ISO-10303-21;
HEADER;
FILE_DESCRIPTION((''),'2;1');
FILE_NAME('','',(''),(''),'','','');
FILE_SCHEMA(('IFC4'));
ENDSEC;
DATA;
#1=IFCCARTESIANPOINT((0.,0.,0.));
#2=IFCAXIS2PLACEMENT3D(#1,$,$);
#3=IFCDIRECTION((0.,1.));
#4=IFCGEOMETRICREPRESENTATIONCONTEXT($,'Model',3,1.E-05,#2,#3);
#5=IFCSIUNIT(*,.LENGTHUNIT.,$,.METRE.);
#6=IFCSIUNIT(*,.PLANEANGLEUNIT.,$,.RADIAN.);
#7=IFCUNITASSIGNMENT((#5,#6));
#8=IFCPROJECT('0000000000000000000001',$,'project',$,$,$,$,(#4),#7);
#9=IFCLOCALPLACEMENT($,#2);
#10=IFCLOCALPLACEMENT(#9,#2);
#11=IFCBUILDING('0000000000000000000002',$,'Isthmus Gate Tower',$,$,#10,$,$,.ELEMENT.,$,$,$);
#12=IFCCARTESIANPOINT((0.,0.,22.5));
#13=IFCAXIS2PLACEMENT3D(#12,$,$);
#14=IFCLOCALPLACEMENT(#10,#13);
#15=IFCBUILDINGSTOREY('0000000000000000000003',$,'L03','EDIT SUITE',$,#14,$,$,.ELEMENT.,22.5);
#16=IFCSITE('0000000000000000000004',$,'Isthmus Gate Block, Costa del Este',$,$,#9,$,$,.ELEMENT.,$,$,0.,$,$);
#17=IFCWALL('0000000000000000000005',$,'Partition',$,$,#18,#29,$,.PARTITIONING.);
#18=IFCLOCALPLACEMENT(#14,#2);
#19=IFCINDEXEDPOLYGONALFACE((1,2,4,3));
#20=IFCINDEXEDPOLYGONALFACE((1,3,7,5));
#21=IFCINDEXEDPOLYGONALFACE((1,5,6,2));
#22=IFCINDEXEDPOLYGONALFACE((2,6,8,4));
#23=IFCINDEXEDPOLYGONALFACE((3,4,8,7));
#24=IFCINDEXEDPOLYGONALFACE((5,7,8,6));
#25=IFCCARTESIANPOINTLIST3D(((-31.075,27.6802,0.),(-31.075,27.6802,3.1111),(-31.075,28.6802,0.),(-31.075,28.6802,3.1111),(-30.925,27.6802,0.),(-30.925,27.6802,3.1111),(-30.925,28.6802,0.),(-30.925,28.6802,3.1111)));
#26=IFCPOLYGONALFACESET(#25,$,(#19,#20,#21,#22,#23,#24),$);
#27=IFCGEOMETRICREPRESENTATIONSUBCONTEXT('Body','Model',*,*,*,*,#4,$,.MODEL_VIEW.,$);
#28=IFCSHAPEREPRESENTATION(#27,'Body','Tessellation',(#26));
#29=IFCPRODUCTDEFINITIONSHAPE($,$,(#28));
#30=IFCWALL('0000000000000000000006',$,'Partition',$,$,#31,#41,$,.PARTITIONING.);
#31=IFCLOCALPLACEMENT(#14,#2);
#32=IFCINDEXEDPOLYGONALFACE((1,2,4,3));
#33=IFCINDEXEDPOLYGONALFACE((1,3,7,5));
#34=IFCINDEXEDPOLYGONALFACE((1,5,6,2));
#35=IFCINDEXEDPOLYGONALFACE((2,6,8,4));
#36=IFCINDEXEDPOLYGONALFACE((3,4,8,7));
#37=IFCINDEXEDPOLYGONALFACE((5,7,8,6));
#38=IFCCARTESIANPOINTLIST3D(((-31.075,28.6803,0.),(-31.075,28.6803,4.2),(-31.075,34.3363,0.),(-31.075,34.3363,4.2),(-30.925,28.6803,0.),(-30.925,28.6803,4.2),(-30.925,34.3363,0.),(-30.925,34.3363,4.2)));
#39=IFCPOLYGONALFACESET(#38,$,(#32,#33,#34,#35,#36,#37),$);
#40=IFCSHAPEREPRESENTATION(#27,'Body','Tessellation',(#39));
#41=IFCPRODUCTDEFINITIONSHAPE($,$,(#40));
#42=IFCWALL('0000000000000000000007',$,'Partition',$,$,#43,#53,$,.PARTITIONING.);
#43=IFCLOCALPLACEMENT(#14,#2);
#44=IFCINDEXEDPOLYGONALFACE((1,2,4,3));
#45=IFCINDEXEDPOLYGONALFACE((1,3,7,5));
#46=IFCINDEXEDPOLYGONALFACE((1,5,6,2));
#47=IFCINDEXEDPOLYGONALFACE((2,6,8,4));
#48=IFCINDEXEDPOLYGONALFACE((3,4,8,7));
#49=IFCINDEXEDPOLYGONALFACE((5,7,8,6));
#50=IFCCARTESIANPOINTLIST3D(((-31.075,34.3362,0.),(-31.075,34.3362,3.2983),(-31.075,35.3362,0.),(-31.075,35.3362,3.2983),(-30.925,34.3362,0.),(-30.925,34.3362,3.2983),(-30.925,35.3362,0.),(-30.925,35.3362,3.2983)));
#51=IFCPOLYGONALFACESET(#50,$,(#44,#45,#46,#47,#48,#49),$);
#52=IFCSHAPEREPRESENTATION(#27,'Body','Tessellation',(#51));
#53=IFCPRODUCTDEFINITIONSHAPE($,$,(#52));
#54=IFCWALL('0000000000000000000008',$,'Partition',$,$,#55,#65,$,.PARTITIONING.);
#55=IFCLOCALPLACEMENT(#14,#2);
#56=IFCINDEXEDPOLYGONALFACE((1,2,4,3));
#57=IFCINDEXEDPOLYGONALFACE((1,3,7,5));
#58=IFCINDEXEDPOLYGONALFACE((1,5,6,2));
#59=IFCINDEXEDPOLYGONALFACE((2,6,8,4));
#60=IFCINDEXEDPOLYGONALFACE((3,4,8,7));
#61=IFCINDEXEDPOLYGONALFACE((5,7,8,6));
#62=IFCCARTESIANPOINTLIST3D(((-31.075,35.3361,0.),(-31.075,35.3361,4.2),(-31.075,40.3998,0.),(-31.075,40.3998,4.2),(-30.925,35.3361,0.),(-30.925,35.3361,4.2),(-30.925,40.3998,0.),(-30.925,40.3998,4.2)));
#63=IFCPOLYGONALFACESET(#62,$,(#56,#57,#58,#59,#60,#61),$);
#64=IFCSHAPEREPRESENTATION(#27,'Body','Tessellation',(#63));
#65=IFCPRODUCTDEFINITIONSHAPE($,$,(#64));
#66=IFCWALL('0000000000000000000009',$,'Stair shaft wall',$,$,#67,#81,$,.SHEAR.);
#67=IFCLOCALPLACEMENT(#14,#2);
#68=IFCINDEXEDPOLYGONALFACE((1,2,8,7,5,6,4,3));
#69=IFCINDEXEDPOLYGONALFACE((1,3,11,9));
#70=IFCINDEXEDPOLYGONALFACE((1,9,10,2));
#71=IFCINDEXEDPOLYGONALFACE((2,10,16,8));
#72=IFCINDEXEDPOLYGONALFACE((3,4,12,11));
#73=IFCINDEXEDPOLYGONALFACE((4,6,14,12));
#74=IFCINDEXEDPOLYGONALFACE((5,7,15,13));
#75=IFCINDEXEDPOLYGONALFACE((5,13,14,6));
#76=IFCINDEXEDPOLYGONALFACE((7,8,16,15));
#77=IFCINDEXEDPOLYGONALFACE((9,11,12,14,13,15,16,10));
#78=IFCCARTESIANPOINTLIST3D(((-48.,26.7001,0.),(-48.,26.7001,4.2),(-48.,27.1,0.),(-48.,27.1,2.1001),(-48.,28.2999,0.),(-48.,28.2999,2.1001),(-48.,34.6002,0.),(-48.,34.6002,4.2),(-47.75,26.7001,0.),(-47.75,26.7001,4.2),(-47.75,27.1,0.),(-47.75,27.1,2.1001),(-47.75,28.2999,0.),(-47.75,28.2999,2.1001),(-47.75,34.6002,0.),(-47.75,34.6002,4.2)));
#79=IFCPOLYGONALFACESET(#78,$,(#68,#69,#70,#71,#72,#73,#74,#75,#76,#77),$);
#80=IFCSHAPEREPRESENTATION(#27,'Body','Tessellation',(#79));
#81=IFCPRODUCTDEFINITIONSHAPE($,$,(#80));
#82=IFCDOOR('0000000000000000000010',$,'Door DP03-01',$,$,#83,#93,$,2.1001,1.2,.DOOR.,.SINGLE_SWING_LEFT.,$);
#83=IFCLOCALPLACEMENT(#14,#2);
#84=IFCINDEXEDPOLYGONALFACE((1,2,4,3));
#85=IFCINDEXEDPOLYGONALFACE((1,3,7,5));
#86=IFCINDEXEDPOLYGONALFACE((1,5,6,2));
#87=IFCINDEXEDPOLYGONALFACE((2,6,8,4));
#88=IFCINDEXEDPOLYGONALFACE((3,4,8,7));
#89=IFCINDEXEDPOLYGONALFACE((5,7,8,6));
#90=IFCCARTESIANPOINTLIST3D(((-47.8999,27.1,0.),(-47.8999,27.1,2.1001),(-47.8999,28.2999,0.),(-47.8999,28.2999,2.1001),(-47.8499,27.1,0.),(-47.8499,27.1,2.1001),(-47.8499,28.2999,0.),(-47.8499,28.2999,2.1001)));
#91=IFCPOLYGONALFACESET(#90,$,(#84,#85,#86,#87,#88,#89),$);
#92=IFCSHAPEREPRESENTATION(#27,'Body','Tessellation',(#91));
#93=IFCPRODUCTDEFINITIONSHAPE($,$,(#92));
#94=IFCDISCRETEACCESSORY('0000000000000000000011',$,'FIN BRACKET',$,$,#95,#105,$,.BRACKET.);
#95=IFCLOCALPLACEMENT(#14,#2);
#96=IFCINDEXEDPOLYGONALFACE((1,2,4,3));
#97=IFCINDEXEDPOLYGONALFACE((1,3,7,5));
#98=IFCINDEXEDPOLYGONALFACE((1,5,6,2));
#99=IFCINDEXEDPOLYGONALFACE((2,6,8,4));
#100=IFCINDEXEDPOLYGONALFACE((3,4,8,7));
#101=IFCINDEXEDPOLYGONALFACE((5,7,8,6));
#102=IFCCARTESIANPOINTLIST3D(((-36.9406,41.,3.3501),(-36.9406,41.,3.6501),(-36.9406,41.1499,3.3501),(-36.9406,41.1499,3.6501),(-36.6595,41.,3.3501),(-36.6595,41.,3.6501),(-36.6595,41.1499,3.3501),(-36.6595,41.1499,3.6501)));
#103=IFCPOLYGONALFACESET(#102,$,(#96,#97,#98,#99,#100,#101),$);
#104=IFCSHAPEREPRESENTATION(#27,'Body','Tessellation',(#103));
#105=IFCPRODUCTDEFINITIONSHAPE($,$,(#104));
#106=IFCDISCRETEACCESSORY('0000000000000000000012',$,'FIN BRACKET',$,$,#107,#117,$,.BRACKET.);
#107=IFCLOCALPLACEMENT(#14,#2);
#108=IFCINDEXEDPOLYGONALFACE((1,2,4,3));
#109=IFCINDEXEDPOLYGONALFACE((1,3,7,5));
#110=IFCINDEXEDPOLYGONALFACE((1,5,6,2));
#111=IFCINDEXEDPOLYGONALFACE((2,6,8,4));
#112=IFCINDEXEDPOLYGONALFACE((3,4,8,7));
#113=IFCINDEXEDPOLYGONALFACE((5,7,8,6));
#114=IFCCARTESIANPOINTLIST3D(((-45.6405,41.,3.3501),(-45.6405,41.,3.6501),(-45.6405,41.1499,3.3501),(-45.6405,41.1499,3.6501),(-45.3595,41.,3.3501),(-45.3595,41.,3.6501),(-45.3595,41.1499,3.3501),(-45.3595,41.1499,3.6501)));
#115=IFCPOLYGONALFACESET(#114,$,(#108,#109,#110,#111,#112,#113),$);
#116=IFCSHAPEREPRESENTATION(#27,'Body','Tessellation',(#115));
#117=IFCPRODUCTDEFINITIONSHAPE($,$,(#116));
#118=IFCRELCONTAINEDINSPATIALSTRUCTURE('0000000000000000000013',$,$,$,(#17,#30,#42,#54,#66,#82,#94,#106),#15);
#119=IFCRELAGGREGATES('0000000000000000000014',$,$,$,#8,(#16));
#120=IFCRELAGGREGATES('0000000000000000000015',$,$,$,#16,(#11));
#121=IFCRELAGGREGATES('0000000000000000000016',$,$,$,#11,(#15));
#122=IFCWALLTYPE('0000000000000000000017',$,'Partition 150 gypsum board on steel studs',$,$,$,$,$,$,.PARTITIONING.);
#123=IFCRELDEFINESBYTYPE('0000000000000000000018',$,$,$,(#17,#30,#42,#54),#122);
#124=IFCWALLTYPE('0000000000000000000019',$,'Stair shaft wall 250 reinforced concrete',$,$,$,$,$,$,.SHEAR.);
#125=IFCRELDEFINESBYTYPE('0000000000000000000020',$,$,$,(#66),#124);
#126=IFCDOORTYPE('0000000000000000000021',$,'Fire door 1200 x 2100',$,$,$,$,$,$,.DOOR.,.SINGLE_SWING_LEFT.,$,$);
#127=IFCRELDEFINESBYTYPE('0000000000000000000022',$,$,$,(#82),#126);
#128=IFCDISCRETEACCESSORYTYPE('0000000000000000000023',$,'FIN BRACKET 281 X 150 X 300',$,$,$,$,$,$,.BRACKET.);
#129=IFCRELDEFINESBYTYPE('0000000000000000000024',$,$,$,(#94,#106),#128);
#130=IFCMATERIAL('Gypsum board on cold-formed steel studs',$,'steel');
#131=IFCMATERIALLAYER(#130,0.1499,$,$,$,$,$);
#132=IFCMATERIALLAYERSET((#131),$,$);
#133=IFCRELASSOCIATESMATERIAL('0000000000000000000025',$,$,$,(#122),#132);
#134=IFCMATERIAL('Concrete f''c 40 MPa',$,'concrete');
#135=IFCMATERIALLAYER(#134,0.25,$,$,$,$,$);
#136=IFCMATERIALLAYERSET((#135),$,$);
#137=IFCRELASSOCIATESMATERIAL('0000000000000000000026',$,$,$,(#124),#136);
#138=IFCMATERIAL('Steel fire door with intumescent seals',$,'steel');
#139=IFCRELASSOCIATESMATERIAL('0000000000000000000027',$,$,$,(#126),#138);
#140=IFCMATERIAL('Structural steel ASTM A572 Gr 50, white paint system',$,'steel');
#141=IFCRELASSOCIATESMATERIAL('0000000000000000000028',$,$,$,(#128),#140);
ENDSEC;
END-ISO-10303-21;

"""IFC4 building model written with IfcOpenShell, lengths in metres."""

from ifc_helpers import new_model, si_unit, direction, frame, frame_2d, origin, origin_2d, place, context, subcontext, project, spatial, rectangle, extrude, material, layer, layer_set, type_object, element, fill, save


model = new_model("IFC4")

# Units and contexts
model_context = context("Model", 3, precision=1e-05, world=origin(), true_north=direction((0.0, 1.0)))
body_context = subcontext(model_context, "Body", "Model", "MODEL_VIEW")
ifc_project = project(units=[si_unit("LENGTHUNIT", "METRE"), si_unit("PLANEANGLEUNIT", "RADIAN")], contexts=[model_context])

# Site, building, storey
site_placement = place(None, origin())
site = spatial("IfcSite", under=ifc_project, at=site_placement, Name="Isthmus Gate Block, Costa del Este", CompositionType="ELEMENT", RefElevation=0.0)
building_placement = place(site_placement, origin())
building = spatial("IfcBuilding", under=site, at=building_placement, Name="Isthmus Gate Tower", CompositionType="ELEMENT")
storey_placement = place(building_placement, frame((0.0, 0.0, 22.5)))
storey = spatial("IfcBuildingStorey", under=building, at=storey_placement, Name="L03", Description="EDIT SUITE", CompositionType="ELEMENT", Elevation=22.5)

# Walls
ifc_material_1 = material(Name="Gypsum board on cold-formed steel studs", Category="steel")
ifc_layer_1 = layer(ifc_material_1, 0.1499)
ifc_layer_set_1 = layer_set([ifc_layer_1])
wall_type_1 = type_object("IfcWallType", Name="Partition 150 gypsum board on steel studs", PredefinedType="PARTITIONING", material=ifc_layer_set_1)
wall_1_placement = place(storey_placement, frame((-31.0, 27.6802, 0.0), z_axis=(0.0, 0.0, 1.0), x_axis=(0.0, 1.0, 0.0)))
element("IfcWall", 1, at=wall_1_placement, inside=storey, type_object=wall_type_1, Name="Partition", PredefinedType="PARTITIONING", context=body_context, shape_type="SweptSolid", body=[
    extrude(rectangle(XDim=1.0, YDim=0.1499, at=frame_2d((0.5, 0.0))), origin(), (0.0, 0.0, 1.0), 3.1111),
])
wall_2_placement = place(storey_placement, frame((-31.0, 28.6802, 0.0), z_axis=(0.0, 0.0, 1.0), x_axis=(0.0, 1.0, 0.0)))
element("IfcWall", 2, at=wall_2_placement, inside=storey, type_object=wall_type_1, Name="Partition", PredefinedType="PARTITIONING", context=body_context, shape_type="SweptSolid", body=[
    extrude(rectangle(XDim=5.656, YDim=0.1499, at=frame_2d((2.8281, 0.0))), origin(), (0.0, 0.0, 1.0), 4.2),
])
wall_3_placement = place(storey_placement, frame((-31.0, 34.3362, 0.0), z_axis=(0.0, 0.0, 1.0), x_axis=(0.0, 1.0, 0.0)))
element("IfcWall", 3, at=wall_3_placement, inside=storey, type_object=wall_type_1, Name="Partition", PredefinedType="PARTITIONING", context=body_context, shape_type="SweptSolid", body=[
    extrude(rectangle(XDim=1.0, YDim=0.1499, at=frame_2d((0.5, 0.0))), origin(), (0.0, 0.0, 1.0), 3.2983),
])
wall_4_placement = place(storey_placement, frame((-31.0, 35.3362, 0.0), z_axis=(0.0, 0.0, 1.0), x_axis=(0.0, 1.0, 0.0)))
element("IfcWall", 4, at=wall_4_placement, inside=storey, type_object=wall_type_1, Name="Partition", PredefinedType="PARTITIONING", context=body_context, shape_type="SweptSolid", body=[
    extrude(rectangle(XDim=5.0637, YDim=0.1499, at=frame_2d((2.5317, 0.0))), origin(), (0.0, 0.0, 1.0), 4.2),
])

# Wall, opening, door
ifc_material_2 = material(Name="Concrete f'c 40 MPa", Category="concrete")
ifc_layer_2 = layer(ifc_material_2, 0.25)
ifc_layer_set_2 = layer_set([ifc_layer_2])
wall_type_2 = type_object("IfcWallType", Name="Stair shaft wall 250 reinforced concrete", PredefinedType="SHEAR", material=ifc_layer_set_2)
wall_5_placement = place(storey_placement, frame((-47.875, 26.7, 0.0), z_axis=(0.0, 0.0, 1.0), x_axis=(0.0, 1.0, 0.0)))
wall_5 = element("IfcWall", 5, at=wall_5_placement, inside=storey, type_object=wall_type_2, Name="Stair shaft wall", PredefinedType="SHEAR", context=body_context, shape_type="SweptSolid", body=[
    extrude(rectangle(XDim=7.9001, YDim=0.25, at=frame_2d((3.9502, 0.0))), origin(), (0.0, 0.0, 1.0), 4.2),
])
opening_1_placement = place(wall_5_placement, frame((0.3999, 0.0, 0.0)))
opening_1 = element("IfcOpeningElement", 6, at=opening_1_placement, cuts=wall_5, PredefinedType="OPENING", context=body_context, shape_type="SweptSolid", body=[
    extrude(rectangle(XDim=1.2, YDim=2.1001, at=frame_2d((0.6001, 1.05))), frame((0.0, 0.135, 0.0), z_axis=(0.0, -1.0, 0.0), x_axis=(1.0, 0.0, 0.0)), (0.0, 0.0, 1.0), 0.27),
])
ifc_material_3 = material(Name="Steel fire door with intumescent seals", Category="steel")
door_type_1 = type_object("IfcDoorType", Name="Fire door 1200 x 2100", OperationType="SINGLE_SWING_LEFT", PredefinedType="DOOR", material=ifc_material_3)
door_1_placement = place(opening_1_placement, origin())
door_1 = element("IfcDoor", 7, at=door_1_placement, inside=storey, type_object=door_type_1, Name="Door DP03-01", OperationType="SINGLE_SWING_LEFT", OverallHeight=2.1001, OverallWidth=1.2, PredefinedType="DOOR", context=body_context, shape_type="SweptSolid", body=[
    extrude(rectangle(XDim=1.2, YDim=2.1001, at=frame_2d((0.6001, 1.05))), frame((0.0, 0.0249, 0.0), z_axis=(0.0, -1.0, 0.0), x_axis=(1.0, 0.0, 0.0)), (0.0, 0.0, 1.0), 0.05),
])
fill(opening_1, door_1)

# Discrete accessories
ifc_material_4 = material(Name="Structural steel ASTM A572 Gr 50, white paint system", Category="steel")
discrete_accessory_type = type_object("IfcDiscreteAccessoryType", Name="FIN BRACKET 281 X 150 X 300", PredefinedType="BRACKET", material=ifc_material_4)
for number, where, z_axis, x_axis, name in (
    (8, (-36.8, 41.075, 3.3501), (0.0, 0.0, 1.0), (0.0, 1.0, 0.0), "FIN BRACKET"),
    (9, (-45.5, 41.075, 3.3501), (0.0, 0.0, 1.0), (0.0, 1.0, 0.0), "FIN BRACKET"),
):
    element("IfcDiscreteAccessory", number, at=place(storey_placement, frame(where, z_axis=z_axis, x_axis=x_axis)), inside=storey, type_object=discrete_accessory_type, Name=name, PredefinedType="BRACKET", context=body_context, shape_type="SweptSolid", body=[
        extrude(rectangle(XDim=0.1499, YDim=0.281, at=origin_2d()), origin(), (0.0, 0.0, 1.0), 0.3),
    ])

save(model, "model.ifc")
